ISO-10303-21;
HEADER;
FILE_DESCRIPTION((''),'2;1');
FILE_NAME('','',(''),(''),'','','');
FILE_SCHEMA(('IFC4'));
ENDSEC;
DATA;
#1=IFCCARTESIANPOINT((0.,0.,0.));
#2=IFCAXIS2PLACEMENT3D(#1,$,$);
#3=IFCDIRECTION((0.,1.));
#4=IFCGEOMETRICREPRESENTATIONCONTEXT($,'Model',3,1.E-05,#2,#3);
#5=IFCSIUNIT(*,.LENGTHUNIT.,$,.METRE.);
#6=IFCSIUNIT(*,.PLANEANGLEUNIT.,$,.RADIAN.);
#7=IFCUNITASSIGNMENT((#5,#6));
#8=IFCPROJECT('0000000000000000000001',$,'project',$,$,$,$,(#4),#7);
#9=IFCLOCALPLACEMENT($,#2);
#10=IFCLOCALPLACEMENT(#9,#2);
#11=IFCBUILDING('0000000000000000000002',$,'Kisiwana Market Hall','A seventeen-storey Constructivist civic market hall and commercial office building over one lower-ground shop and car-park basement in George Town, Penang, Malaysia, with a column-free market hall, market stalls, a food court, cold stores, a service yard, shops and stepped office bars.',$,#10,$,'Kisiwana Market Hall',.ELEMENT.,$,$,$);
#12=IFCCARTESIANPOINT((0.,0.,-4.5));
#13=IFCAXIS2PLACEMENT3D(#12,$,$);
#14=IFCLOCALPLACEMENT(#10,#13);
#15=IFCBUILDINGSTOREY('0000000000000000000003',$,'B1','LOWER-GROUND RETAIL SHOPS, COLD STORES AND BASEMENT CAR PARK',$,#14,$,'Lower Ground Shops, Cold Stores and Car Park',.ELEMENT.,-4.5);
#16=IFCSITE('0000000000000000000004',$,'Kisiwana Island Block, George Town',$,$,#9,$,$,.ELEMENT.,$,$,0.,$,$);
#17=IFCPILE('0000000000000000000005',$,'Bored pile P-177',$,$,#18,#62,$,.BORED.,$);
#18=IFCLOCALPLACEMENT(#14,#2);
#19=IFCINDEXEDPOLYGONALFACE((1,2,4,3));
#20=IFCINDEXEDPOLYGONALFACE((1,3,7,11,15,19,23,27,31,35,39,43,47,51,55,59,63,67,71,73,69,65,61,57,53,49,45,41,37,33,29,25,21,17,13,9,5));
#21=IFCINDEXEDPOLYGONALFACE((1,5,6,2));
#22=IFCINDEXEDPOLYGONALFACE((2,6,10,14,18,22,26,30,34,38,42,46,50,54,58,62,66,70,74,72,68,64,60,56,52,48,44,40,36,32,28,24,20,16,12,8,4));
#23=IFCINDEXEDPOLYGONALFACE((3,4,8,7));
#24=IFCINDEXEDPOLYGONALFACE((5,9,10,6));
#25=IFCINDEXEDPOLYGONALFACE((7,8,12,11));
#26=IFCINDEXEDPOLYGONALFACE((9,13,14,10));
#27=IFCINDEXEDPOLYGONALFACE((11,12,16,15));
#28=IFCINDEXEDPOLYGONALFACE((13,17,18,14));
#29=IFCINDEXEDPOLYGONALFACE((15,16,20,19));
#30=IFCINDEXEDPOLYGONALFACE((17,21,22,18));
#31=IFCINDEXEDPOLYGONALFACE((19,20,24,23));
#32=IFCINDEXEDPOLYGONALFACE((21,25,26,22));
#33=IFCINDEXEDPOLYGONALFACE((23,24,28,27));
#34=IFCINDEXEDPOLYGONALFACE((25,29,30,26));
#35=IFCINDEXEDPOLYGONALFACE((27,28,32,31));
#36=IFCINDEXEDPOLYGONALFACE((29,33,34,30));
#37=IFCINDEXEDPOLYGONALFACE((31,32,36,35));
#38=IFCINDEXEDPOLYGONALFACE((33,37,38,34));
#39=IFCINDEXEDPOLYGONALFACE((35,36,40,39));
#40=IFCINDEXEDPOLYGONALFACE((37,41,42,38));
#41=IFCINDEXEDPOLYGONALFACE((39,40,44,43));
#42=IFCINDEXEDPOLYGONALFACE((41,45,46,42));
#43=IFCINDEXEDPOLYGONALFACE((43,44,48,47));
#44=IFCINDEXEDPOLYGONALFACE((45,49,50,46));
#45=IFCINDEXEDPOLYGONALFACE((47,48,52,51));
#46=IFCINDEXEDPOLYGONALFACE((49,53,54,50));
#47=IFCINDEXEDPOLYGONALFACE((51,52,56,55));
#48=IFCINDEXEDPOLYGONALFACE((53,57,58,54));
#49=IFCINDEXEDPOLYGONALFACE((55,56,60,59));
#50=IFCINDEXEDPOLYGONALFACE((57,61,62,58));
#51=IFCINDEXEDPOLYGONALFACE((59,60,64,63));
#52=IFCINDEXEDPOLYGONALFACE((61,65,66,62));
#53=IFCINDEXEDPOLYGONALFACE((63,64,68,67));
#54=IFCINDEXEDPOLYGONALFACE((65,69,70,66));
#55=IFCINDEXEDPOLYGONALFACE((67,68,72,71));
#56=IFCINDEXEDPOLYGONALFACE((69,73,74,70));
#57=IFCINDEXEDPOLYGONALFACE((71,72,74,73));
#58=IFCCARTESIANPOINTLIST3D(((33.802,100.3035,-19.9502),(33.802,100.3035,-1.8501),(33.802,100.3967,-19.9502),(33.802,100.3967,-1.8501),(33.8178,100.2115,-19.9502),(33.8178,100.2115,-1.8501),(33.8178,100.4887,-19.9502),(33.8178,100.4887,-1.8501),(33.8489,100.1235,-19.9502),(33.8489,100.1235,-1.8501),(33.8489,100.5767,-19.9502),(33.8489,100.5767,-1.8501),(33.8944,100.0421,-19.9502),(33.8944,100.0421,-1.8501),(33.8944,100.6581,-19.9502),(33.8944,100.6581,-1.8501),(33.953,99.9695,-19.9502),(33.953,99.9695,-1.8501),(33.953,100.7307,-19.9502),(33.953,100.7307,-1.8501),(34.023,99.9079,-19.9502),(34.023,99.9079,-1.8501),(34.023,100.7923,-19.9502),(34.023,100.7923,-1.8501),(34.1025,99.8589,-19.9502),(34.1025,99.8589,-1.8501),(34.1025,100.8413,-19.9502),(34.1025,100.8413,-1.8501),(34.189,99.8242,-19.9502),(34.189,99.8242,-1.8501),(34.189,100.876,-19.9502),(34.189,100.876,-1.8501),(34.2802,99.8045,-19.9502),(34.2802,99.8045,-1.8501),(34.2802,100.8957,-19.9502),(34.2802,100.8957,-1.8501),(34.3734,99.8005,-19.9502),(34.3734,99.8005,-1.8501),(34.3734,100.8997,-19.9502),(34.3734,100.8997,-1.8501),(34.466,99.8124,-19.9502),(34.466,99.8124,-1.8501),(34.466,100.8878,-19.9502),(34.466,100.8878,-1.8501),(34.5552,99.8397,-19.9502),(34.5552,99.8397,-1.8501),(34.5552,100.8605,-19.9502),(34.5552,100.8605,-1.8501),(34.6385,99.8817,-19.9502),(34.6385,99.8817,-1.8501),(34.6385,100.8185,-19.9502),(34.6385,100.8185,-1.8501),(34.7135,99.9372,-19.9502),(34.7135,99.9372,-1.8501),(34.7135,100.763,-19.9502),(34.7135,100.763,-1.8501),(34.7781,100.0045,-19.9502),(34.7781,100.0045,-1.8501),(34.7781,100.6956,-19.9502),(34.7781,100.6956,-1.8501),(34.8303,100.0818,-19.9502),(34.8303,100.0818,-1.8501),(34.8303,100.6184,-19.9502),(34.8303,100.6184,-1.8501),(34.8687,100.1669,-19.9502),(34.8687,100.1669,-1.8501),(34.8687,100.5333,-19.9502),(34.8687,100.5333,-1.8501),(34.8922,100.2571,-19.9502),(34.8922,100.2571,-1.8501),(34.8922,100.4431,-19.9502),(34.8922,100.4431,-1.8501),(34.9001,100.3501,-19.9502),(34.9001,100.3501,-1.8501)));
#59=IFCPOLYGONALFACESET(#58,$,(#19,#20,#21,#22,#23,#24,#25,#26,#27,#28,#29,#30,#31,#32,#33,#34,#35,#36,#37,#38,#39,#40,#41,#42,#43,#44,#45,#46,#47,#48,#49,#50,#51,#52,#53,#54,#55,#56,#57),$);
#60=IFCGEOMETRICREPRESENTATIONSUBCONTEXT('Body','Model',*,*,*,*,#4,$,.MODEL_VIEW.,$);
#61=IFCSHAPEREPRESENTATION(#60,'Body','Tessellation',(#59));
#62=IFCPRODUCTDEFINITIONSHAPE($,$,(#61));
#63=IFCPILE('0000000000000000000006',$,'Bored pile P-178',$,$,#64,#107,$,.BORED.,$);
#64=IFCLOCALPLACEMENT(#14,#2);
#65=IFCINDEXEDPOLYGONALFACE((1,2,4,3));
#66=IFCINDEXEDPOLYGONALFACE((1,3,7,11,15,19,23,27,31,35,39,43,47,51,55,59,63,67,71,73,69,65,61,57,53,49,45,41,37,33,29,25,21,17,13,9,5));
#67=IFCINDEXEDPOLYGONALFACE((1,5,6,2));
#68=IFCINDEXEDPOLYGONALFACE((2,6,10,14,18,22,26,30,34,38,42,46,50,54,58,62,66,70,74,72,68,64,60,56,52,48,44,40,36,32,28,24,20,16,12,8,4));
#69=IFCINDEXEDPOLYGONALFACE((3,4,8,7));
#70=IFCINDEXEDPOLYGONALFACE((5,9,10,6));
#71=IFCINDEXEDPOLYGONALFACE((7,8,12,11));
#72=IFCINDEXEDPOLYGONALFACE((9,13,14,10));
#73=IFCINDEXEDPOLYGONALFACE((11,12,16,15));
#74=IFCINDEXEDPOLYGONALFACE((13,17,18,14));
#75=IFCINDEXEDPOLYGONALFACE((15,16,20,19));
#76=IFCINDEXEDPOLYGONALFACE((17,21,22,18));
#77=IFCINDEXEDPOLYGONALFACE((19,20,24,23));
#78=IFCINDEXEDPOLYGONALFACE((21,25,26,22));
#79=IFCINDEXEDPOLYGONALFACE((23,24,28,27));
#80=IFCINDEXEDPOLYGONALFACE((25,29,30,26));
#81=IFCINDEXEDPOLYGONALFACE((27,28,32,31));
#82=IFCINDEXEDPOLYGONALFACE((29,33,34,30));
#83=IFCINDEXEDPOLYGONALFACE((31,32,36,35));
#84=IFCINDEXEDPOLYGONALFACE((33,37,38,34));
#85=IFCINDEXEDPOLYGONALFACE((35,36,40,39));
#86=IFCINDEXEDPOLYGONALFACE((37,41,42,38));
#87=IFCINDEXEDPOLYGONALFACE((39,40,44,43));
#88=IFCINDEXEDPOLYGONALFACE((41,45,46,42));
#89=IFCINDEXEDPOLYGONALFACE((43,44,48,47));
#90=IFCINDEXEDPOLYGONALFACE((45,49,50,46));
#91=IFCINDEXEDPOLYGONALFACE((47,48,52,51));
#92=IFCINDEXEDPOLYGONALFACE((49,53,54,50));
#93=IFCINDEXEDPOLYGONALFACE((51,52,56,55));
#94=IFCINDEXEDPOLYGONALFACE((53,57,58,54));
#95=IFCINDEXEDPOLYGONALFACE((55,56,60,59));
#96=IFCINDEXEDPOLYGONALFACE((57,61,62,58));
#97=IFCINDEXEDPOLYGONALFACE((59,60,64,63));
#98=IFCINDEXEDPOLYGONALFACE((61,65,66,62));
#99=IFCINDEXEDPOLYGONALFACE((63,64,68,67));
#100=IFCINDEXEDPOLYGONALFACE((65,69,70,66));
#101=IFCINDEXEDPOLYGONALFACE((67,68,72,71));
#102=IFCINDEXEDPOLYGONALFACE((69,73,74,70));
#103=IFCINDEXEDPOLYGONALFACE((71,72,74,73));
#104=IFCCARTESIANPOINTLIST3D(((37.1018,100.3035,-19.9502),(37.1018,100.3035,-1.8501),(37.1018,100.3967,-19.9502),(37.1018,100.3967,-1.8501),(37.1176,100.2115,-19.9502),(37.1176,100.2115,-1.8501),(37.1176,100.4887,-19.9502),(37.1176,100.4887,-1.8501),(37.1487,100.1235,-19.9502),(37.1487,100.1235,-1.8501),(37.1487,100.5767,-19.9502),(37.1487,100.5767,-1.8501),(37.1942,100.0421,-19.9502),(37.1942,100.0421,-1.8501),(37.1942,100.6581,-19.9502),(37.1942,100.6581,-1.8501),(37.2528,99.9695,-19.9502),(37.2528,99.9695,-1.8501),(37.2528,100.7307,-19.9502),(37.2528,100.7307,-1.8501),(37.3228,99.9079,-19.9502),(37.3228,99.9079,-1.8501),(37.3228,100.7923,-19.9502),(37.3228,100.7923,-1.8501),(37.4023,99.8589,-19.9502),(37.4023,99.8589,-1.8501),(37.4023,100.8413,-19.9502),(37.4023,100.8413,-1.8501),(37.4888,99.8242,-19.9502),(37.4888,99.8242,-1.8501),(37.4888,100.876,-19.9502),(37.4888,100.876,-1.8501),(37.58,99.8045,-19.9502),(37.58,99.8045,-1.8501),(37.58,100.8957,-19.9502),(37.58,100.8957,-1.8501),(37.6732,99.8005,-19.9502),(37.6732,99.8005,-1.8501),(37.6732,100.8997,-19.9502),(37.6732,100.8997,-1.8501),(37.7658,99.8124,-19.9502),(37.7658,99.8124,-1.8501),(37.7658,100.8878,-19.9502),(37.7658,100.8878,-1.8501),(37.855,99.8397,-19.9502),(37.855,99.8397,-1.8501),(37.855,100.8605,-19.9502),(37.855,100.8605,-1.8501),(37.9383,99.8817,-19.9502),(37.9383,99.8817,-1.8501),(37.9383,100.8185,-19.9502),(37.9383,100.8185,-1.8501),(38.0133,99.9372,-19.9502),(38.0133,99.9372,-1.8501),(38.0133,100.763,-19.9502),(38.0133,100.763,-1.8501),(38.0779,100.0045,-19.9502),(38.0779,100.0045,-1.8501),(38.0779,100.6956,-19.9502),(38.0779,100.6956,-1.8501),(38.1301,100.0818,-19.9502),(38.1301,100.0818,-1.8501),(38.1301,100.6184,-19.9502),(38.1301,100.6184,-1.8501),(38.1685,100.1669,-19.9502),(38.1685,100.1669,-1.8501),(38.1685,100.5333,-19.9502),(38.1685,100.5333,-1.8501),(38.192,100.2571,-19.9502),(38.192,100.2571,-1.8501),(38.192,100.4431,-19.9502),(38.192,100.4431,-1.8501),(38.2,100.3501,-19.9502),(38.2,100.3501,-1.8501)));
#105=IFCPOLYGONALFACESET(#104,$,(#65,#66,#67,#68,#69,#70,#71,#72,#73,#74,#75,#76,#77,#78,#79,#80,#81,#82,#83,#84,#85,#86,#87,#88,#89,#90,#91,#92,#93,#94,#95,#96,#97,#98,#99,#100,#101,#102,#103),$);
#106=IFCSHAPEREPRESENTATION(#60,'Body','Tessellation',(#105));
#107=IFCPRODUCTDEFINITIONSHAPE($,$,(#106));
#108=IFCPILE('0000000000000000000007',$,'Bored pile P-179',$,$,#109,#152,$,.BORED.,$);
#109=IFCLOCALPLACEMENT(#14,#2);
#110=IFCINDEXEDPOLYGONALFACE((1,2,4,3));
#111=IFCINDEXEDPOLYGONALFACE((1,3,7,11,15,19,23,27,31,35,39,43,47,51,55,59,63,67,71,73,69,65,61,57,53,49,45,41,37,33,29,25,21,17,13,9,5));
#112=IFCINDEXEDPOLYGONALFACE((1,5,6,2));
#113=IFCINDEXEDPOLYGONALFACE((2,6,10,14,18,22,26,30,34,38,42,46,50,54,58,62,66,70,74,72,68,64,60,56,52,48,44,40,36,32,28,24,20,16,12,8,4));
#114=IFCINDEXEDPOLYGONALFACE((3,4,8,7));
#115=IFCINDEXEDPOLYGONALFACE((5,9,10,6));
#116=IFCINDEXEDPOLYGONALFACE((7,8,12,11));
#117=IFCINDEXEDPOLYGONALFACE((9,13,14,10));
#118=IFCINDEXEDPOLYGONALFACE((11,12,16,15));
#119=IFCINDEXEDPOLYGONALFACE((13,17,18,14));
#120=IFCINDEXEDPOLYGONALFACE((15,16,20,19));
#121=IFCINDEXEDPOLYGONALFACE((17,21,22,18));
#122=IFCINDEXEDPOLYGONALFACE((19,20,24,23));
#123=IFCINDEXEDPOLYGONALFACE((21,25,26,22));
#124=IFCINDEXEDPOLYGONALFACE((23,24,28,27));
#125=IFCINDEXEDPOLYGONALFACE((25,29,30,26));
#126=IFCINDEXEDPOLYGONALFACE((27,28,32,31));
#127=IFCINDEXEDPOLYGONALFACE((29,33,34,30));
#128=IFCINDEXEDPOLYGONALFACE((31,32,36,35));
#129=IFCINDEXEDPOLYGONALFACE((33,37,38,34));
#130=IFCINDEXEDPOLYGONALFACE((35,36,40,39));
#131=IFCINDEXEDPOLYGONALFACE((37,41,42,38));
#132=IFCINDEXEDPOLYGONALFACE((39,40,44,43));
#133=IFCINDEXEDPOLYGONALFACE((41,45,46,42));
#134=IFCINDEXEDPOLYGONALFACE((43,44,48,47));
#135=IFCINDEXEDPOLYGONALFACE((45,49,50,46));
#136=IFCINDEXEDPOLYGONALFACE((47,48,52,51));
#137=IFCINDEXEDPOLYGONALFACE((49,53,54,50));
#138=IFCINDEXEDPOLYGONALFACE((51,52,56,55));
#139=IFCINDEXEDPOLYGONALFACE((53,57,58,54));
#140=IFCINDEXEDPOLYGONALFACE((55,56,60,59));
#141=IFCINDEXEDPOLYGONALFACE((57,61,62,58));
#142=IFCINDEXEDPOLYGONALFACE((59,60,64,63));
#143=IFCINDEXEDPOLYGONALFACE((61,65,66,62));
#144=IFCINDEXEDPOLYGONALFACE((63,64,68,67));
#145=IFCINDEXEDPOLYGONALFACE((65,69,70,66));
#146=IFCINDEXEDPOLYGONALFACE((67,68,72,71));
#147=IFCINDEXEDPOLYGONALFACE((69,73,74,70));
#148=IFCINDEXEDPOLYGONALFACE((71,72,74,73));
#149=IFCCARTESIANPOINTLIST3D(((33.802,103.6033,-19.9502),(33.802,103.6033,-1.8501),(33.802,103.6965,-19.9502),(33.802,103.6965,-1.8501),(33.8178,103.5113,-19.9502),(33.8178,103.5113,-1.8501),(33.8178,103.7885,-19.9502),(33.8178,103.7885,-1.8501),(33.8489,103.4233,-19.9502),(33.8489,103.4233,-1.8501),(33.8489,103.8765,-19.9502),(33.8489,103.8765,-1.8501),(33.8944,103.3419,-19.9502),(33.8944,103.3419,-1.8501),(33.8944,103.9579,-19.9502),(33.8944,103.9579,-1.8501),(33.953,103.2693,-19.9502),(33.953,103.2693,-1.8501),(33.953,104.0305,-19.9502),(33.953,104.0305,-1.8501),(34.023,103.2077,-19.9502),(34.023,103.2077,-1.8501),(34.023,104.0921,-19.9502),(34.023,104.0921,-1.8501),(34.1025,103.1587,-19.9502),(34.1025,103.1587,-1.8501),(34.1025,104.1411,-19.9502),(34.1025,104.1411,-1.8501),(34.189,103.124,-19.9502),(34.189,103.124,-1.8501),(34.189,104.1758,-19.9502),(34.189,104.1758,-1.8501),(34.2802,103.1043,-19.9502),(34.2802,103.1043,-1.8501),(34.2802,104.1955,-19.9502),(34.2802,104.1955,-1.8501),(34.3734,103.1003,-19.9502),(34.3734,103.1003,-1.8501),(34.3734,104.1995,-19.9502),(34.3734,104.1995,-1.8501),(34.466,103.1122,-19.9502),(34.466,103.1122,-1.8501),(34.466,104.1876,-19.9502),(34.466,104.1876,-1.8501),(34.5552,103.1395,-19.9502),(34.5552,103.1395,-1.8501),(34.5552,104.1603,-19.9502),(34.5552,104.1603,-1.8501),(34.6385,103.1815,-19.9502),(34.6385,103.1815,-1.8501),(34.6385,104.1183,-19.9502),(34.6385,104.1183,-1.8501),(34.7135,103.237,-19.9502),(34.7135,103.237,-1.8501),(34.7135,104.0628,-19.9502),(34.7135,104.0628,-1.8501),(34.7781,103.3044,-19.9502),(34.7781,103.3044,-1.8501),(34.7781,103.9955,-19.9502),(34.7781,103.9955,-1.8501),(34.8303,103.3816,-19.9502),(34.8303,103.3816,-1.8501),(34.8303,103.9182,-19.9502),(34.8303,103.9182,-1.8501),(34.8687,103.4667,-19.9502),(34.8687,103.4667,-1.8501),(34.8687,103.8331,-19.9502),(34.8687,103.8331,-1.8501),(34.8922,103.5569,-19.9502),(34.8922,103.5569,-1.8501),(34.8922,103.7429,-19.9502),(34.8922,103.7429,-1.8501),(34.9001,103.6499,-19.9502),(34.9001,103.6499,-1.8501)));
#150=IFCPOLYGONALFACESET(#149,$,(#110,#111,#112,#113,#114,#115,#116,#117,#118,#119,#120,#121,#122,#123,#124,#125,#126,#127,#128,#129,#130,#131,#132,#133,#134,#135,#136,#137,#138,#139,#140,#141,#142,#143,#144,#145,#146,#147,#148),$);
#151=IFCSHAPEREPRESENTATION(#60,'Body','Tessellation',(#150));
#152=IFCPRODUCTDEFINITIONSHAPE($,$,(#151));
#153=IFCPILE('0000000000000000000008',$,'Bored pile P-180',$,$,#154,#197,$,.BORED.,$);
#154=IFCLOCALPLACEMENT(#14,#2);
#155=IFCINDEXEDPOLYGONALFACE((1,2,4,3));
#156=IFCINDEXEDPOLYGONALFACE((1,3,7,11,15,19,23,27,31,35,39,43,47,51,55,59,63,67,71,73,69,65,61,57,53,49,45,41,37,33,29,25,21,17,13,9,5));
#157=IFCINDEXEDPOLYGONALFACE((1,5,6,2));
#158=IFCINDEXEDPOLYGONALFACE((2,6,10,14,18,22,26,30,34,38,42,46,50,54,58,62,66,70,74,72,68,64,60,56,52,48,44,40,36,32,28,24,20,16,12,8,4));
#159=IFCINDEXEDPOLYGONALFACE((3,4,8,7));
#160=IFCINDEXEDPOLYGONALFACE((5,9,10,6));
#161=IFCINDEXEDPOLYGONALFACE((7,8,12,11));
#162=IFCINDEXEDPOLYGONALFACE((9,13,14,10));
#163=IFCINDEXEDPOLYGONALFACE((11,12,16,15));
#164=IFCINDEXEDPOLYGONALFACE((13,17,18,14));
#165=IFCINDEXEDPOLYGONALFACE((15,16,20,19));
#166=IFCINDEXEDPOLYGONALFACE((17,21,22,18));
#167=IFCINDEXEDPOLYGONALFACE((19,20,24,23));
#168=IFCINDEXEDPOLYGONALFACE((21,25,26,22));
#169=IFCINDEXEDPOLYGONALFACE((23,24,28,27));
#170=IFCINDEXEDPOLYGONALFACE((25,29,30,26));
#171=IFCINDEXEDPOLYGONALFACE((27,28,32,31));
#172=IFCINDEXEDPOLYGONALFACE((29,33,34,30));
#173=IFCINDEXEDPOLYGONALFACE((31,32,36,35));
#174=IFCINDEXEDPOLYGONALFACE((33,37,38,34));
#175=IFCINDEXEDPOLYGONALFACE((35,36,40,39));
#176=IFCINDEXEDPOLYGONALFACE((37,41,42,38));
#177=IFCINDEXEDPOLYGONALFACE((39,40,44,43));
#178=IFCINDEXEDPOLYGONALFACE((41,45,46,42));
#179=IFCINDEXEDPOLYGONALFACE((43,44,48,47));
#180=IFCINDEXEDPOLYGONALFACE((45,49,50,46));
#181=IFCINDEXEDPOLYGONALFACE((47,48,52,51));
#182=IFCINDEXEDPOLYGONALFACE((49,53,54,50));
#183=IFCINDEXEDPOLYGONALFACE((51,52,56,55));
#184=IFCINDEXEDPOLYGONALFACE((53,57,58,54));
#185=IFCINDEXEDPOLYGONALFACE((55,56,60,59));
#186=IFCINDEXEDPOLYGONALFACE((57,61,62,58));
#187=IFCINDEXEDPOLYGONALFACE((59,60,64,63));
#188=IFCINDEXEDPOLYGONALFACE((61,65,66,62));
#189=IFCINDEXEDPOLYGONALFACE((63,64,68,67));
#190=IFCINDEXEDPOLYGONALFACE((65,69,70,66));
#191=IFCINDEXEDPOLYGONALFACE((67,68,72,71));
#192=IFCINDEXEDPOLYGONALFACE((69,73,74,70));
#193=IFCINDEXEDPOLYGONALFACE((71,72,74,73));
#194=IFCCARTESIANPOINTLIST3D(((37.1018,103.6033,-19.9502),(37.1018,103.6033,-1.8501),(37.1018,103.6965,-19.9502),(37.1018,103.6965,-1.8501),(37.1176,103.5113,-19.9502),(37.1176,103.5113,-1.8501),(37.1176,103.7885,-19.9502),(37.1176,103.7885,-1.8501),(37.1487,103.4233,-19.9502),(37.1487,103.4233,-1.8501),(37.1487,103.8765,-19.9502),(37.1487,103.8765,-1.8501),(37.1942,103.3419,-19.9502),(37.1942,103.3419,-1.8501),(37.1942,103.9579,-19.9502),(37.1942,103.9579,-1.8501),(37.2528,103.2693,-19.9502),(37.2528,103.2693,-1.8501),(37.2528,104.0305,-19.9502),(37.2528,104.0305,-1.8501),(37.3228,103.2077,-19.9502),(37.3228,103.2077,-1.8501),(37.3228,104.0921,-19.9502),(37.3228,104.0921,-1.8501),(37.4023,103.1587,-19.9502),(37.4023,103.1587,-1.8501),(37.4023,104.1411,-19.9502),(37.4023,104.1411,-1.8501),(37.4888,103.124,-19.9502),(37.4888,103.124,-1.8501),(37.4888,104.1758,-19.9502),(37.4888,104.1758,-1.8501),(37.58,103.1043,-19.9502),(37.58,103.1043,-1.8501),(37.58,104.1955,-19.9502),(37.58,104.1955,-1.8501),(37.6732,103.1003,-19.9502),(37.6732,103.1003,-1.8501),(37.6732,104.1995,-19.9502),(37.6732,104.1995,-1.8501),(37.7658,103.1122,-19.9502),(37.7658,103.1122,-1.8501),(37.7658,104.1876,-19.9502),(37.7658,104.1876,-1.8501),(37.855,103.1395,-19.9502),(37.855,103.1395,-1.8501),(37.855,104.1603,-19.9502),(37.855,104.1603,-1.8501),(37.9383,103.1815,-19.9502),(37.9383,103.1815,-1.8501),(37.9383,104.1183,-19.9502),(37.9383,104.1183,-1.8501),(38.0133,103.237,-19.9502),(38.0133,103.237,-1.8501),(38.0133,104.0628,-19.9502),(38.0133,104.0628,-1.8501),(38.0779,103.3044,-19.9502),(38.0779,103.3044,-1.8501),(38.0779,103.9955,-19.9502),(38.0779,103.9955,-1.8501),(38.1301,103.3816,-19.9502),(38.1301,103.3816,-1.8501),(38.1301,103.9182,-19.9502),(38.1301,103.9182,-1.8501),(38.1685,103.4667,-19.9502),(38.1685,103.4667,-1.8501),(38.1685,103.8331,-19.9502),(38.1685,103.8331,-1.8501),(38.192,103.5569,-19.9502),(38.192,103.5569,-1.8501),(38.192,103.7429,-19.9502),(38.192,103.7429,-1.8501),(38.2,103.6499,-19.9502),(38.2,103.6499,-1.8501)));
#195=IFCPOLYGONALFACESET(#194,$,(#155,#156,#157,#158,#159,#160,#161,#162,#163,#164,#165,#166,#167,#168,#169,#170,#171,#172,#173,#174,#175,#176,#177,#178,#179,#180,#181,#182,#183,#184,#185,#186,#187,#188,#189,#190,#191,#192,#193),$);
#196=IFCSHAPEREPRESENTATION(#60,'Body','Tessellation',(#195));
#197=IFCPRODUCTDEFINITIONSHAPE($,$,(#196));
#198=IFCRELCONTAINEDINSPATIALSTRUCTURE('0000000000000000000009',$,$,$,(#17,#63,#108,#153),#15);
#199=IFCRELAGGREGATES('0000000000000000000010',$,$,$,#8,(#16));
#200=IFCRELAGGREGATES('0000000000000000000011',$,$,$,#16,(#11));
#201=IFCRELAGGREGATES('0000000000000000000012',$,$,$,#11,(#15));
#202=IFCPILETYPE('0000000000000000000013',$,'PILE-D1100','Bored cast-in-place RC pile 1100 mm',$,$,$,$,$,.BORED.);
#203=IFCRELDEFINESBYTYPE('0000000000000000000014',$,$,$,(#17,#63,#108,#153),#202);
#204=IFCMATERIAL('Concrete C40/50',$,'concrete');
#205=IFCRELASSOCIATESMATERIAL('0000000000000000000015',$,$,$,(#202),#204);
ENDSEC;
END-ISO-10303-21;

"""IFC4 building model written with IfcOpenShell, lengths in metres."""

from ifc_helpers import new_model, si_unit, direction, frame, origin, origin_2d, place, context, subcontext, project, spatial, circle, extrude, material, material_profile, profile_set, type_object, element, save


model = new_model("IFC4")

# Units and contexts
model_context = context("Model", 3, precision=1e-05, world=origin(), true_north=direction((0.0, 1.0)))
body_context = subcontext(model_context, "Body", "Model", "MODEL_VIEW")
ifc_project = project(units=[si_unit("LENGTHUNIT", "METRE"), si_unit("PLANEANGLEUNIT", "RADIAN")], contexts=[model_context])

# Site, building, storey
site_placement = place(None, origin())
site = spatial("IfcSite", under=ifc_project, at=site_placement, Name="Kisiwana Island Block, George Town", CompositionType="ELEMENT", RefElevation=0.0)
building_placement = place(site_placement, origin())
building = spatial("IfcBuilding", under=site, at=building_placement, Name="Kisiwana Market Hall", Description="A seventeen-storey Constructivist civic market hall and commercial office building over one lower-ground shop and car-park basement in George Town, Penang, Malaysia, with a column-free market hall, market stalls, a food court, cold stores, a service yard, shops and stepped office bars.", LongName="Kisiwana Market Hall", CompositionType="ELEMENT")
storey_placement = place(building_placement, frame((0.0, 0.0, -4.5)))
storey = spatial("IfcBuildingStorey", under=building, at=storey_placement, Name="B1", Description="LOWER-GROUND RETAIL SHOPS, COLD STORES AND BASEMENT CAR PARK", LongName="Lower Ground Shops, Cold Stores and Car Park", CompositionType="ELEMENT", Elevation=-4.5)

# Piles
ifc_material_1 = material(Name="Concrete C40/50", Category="concrete")
ifc_material_profile_1 = material_profile(ifc_material_1, circle(Radius=0.55, at=origin_2d()), Name="BP D1100")
ifc_profile_set_1 = profile_set([ifc_material_profile_1], Name="Concrete C40/50")
pile_type_1 = type_object("IfcPileType", Name="PILE-D1100", Description="Bored cast-in-place RC pile 1100 mm", PredefinedType="BORED", material=ifc_profile_set_1)
for number, where, z_axis, x_axis, name in (
    (1, (34.3501, 100.3501, -1.8501), (0.0, 0.0, -1.0), (1.0, 0.0, 0.0), "Bored pile P-177"),
    (2, (37.6499, 100.3501, -1.8501), (0.0, 0.0, -1.0), (1.0, 0.0, 0.0), "Bored pile P-178"),
    (3, (34.3501, 103.6499, -1.8501), (0.0, 0.0, -1.0), (1.0, 0.0, 0.0), "Bored pile P-179"),
    (4, (37.6499, 103.6499, -1.8501), (0.0, 0.0, -1.0), (1.0, 0.0, 0.0), "Bored pile P-180"),
):
    element("IfcPile", number, at=place(storey_placement, frame(where, z_axis=z_axis, x_axis=x_axis)), inside=storey, type_object=pile_type_1, Name=name, PredefinedType="BORED", context=body_context, shape_type="SweptSolid", body=[
        extrude(circle(Radius=0.55, at=origin_2d()), origin(), (0.0, 0.0, 1.0), 18.1001),
    ])

save(model, "model.ifc")
